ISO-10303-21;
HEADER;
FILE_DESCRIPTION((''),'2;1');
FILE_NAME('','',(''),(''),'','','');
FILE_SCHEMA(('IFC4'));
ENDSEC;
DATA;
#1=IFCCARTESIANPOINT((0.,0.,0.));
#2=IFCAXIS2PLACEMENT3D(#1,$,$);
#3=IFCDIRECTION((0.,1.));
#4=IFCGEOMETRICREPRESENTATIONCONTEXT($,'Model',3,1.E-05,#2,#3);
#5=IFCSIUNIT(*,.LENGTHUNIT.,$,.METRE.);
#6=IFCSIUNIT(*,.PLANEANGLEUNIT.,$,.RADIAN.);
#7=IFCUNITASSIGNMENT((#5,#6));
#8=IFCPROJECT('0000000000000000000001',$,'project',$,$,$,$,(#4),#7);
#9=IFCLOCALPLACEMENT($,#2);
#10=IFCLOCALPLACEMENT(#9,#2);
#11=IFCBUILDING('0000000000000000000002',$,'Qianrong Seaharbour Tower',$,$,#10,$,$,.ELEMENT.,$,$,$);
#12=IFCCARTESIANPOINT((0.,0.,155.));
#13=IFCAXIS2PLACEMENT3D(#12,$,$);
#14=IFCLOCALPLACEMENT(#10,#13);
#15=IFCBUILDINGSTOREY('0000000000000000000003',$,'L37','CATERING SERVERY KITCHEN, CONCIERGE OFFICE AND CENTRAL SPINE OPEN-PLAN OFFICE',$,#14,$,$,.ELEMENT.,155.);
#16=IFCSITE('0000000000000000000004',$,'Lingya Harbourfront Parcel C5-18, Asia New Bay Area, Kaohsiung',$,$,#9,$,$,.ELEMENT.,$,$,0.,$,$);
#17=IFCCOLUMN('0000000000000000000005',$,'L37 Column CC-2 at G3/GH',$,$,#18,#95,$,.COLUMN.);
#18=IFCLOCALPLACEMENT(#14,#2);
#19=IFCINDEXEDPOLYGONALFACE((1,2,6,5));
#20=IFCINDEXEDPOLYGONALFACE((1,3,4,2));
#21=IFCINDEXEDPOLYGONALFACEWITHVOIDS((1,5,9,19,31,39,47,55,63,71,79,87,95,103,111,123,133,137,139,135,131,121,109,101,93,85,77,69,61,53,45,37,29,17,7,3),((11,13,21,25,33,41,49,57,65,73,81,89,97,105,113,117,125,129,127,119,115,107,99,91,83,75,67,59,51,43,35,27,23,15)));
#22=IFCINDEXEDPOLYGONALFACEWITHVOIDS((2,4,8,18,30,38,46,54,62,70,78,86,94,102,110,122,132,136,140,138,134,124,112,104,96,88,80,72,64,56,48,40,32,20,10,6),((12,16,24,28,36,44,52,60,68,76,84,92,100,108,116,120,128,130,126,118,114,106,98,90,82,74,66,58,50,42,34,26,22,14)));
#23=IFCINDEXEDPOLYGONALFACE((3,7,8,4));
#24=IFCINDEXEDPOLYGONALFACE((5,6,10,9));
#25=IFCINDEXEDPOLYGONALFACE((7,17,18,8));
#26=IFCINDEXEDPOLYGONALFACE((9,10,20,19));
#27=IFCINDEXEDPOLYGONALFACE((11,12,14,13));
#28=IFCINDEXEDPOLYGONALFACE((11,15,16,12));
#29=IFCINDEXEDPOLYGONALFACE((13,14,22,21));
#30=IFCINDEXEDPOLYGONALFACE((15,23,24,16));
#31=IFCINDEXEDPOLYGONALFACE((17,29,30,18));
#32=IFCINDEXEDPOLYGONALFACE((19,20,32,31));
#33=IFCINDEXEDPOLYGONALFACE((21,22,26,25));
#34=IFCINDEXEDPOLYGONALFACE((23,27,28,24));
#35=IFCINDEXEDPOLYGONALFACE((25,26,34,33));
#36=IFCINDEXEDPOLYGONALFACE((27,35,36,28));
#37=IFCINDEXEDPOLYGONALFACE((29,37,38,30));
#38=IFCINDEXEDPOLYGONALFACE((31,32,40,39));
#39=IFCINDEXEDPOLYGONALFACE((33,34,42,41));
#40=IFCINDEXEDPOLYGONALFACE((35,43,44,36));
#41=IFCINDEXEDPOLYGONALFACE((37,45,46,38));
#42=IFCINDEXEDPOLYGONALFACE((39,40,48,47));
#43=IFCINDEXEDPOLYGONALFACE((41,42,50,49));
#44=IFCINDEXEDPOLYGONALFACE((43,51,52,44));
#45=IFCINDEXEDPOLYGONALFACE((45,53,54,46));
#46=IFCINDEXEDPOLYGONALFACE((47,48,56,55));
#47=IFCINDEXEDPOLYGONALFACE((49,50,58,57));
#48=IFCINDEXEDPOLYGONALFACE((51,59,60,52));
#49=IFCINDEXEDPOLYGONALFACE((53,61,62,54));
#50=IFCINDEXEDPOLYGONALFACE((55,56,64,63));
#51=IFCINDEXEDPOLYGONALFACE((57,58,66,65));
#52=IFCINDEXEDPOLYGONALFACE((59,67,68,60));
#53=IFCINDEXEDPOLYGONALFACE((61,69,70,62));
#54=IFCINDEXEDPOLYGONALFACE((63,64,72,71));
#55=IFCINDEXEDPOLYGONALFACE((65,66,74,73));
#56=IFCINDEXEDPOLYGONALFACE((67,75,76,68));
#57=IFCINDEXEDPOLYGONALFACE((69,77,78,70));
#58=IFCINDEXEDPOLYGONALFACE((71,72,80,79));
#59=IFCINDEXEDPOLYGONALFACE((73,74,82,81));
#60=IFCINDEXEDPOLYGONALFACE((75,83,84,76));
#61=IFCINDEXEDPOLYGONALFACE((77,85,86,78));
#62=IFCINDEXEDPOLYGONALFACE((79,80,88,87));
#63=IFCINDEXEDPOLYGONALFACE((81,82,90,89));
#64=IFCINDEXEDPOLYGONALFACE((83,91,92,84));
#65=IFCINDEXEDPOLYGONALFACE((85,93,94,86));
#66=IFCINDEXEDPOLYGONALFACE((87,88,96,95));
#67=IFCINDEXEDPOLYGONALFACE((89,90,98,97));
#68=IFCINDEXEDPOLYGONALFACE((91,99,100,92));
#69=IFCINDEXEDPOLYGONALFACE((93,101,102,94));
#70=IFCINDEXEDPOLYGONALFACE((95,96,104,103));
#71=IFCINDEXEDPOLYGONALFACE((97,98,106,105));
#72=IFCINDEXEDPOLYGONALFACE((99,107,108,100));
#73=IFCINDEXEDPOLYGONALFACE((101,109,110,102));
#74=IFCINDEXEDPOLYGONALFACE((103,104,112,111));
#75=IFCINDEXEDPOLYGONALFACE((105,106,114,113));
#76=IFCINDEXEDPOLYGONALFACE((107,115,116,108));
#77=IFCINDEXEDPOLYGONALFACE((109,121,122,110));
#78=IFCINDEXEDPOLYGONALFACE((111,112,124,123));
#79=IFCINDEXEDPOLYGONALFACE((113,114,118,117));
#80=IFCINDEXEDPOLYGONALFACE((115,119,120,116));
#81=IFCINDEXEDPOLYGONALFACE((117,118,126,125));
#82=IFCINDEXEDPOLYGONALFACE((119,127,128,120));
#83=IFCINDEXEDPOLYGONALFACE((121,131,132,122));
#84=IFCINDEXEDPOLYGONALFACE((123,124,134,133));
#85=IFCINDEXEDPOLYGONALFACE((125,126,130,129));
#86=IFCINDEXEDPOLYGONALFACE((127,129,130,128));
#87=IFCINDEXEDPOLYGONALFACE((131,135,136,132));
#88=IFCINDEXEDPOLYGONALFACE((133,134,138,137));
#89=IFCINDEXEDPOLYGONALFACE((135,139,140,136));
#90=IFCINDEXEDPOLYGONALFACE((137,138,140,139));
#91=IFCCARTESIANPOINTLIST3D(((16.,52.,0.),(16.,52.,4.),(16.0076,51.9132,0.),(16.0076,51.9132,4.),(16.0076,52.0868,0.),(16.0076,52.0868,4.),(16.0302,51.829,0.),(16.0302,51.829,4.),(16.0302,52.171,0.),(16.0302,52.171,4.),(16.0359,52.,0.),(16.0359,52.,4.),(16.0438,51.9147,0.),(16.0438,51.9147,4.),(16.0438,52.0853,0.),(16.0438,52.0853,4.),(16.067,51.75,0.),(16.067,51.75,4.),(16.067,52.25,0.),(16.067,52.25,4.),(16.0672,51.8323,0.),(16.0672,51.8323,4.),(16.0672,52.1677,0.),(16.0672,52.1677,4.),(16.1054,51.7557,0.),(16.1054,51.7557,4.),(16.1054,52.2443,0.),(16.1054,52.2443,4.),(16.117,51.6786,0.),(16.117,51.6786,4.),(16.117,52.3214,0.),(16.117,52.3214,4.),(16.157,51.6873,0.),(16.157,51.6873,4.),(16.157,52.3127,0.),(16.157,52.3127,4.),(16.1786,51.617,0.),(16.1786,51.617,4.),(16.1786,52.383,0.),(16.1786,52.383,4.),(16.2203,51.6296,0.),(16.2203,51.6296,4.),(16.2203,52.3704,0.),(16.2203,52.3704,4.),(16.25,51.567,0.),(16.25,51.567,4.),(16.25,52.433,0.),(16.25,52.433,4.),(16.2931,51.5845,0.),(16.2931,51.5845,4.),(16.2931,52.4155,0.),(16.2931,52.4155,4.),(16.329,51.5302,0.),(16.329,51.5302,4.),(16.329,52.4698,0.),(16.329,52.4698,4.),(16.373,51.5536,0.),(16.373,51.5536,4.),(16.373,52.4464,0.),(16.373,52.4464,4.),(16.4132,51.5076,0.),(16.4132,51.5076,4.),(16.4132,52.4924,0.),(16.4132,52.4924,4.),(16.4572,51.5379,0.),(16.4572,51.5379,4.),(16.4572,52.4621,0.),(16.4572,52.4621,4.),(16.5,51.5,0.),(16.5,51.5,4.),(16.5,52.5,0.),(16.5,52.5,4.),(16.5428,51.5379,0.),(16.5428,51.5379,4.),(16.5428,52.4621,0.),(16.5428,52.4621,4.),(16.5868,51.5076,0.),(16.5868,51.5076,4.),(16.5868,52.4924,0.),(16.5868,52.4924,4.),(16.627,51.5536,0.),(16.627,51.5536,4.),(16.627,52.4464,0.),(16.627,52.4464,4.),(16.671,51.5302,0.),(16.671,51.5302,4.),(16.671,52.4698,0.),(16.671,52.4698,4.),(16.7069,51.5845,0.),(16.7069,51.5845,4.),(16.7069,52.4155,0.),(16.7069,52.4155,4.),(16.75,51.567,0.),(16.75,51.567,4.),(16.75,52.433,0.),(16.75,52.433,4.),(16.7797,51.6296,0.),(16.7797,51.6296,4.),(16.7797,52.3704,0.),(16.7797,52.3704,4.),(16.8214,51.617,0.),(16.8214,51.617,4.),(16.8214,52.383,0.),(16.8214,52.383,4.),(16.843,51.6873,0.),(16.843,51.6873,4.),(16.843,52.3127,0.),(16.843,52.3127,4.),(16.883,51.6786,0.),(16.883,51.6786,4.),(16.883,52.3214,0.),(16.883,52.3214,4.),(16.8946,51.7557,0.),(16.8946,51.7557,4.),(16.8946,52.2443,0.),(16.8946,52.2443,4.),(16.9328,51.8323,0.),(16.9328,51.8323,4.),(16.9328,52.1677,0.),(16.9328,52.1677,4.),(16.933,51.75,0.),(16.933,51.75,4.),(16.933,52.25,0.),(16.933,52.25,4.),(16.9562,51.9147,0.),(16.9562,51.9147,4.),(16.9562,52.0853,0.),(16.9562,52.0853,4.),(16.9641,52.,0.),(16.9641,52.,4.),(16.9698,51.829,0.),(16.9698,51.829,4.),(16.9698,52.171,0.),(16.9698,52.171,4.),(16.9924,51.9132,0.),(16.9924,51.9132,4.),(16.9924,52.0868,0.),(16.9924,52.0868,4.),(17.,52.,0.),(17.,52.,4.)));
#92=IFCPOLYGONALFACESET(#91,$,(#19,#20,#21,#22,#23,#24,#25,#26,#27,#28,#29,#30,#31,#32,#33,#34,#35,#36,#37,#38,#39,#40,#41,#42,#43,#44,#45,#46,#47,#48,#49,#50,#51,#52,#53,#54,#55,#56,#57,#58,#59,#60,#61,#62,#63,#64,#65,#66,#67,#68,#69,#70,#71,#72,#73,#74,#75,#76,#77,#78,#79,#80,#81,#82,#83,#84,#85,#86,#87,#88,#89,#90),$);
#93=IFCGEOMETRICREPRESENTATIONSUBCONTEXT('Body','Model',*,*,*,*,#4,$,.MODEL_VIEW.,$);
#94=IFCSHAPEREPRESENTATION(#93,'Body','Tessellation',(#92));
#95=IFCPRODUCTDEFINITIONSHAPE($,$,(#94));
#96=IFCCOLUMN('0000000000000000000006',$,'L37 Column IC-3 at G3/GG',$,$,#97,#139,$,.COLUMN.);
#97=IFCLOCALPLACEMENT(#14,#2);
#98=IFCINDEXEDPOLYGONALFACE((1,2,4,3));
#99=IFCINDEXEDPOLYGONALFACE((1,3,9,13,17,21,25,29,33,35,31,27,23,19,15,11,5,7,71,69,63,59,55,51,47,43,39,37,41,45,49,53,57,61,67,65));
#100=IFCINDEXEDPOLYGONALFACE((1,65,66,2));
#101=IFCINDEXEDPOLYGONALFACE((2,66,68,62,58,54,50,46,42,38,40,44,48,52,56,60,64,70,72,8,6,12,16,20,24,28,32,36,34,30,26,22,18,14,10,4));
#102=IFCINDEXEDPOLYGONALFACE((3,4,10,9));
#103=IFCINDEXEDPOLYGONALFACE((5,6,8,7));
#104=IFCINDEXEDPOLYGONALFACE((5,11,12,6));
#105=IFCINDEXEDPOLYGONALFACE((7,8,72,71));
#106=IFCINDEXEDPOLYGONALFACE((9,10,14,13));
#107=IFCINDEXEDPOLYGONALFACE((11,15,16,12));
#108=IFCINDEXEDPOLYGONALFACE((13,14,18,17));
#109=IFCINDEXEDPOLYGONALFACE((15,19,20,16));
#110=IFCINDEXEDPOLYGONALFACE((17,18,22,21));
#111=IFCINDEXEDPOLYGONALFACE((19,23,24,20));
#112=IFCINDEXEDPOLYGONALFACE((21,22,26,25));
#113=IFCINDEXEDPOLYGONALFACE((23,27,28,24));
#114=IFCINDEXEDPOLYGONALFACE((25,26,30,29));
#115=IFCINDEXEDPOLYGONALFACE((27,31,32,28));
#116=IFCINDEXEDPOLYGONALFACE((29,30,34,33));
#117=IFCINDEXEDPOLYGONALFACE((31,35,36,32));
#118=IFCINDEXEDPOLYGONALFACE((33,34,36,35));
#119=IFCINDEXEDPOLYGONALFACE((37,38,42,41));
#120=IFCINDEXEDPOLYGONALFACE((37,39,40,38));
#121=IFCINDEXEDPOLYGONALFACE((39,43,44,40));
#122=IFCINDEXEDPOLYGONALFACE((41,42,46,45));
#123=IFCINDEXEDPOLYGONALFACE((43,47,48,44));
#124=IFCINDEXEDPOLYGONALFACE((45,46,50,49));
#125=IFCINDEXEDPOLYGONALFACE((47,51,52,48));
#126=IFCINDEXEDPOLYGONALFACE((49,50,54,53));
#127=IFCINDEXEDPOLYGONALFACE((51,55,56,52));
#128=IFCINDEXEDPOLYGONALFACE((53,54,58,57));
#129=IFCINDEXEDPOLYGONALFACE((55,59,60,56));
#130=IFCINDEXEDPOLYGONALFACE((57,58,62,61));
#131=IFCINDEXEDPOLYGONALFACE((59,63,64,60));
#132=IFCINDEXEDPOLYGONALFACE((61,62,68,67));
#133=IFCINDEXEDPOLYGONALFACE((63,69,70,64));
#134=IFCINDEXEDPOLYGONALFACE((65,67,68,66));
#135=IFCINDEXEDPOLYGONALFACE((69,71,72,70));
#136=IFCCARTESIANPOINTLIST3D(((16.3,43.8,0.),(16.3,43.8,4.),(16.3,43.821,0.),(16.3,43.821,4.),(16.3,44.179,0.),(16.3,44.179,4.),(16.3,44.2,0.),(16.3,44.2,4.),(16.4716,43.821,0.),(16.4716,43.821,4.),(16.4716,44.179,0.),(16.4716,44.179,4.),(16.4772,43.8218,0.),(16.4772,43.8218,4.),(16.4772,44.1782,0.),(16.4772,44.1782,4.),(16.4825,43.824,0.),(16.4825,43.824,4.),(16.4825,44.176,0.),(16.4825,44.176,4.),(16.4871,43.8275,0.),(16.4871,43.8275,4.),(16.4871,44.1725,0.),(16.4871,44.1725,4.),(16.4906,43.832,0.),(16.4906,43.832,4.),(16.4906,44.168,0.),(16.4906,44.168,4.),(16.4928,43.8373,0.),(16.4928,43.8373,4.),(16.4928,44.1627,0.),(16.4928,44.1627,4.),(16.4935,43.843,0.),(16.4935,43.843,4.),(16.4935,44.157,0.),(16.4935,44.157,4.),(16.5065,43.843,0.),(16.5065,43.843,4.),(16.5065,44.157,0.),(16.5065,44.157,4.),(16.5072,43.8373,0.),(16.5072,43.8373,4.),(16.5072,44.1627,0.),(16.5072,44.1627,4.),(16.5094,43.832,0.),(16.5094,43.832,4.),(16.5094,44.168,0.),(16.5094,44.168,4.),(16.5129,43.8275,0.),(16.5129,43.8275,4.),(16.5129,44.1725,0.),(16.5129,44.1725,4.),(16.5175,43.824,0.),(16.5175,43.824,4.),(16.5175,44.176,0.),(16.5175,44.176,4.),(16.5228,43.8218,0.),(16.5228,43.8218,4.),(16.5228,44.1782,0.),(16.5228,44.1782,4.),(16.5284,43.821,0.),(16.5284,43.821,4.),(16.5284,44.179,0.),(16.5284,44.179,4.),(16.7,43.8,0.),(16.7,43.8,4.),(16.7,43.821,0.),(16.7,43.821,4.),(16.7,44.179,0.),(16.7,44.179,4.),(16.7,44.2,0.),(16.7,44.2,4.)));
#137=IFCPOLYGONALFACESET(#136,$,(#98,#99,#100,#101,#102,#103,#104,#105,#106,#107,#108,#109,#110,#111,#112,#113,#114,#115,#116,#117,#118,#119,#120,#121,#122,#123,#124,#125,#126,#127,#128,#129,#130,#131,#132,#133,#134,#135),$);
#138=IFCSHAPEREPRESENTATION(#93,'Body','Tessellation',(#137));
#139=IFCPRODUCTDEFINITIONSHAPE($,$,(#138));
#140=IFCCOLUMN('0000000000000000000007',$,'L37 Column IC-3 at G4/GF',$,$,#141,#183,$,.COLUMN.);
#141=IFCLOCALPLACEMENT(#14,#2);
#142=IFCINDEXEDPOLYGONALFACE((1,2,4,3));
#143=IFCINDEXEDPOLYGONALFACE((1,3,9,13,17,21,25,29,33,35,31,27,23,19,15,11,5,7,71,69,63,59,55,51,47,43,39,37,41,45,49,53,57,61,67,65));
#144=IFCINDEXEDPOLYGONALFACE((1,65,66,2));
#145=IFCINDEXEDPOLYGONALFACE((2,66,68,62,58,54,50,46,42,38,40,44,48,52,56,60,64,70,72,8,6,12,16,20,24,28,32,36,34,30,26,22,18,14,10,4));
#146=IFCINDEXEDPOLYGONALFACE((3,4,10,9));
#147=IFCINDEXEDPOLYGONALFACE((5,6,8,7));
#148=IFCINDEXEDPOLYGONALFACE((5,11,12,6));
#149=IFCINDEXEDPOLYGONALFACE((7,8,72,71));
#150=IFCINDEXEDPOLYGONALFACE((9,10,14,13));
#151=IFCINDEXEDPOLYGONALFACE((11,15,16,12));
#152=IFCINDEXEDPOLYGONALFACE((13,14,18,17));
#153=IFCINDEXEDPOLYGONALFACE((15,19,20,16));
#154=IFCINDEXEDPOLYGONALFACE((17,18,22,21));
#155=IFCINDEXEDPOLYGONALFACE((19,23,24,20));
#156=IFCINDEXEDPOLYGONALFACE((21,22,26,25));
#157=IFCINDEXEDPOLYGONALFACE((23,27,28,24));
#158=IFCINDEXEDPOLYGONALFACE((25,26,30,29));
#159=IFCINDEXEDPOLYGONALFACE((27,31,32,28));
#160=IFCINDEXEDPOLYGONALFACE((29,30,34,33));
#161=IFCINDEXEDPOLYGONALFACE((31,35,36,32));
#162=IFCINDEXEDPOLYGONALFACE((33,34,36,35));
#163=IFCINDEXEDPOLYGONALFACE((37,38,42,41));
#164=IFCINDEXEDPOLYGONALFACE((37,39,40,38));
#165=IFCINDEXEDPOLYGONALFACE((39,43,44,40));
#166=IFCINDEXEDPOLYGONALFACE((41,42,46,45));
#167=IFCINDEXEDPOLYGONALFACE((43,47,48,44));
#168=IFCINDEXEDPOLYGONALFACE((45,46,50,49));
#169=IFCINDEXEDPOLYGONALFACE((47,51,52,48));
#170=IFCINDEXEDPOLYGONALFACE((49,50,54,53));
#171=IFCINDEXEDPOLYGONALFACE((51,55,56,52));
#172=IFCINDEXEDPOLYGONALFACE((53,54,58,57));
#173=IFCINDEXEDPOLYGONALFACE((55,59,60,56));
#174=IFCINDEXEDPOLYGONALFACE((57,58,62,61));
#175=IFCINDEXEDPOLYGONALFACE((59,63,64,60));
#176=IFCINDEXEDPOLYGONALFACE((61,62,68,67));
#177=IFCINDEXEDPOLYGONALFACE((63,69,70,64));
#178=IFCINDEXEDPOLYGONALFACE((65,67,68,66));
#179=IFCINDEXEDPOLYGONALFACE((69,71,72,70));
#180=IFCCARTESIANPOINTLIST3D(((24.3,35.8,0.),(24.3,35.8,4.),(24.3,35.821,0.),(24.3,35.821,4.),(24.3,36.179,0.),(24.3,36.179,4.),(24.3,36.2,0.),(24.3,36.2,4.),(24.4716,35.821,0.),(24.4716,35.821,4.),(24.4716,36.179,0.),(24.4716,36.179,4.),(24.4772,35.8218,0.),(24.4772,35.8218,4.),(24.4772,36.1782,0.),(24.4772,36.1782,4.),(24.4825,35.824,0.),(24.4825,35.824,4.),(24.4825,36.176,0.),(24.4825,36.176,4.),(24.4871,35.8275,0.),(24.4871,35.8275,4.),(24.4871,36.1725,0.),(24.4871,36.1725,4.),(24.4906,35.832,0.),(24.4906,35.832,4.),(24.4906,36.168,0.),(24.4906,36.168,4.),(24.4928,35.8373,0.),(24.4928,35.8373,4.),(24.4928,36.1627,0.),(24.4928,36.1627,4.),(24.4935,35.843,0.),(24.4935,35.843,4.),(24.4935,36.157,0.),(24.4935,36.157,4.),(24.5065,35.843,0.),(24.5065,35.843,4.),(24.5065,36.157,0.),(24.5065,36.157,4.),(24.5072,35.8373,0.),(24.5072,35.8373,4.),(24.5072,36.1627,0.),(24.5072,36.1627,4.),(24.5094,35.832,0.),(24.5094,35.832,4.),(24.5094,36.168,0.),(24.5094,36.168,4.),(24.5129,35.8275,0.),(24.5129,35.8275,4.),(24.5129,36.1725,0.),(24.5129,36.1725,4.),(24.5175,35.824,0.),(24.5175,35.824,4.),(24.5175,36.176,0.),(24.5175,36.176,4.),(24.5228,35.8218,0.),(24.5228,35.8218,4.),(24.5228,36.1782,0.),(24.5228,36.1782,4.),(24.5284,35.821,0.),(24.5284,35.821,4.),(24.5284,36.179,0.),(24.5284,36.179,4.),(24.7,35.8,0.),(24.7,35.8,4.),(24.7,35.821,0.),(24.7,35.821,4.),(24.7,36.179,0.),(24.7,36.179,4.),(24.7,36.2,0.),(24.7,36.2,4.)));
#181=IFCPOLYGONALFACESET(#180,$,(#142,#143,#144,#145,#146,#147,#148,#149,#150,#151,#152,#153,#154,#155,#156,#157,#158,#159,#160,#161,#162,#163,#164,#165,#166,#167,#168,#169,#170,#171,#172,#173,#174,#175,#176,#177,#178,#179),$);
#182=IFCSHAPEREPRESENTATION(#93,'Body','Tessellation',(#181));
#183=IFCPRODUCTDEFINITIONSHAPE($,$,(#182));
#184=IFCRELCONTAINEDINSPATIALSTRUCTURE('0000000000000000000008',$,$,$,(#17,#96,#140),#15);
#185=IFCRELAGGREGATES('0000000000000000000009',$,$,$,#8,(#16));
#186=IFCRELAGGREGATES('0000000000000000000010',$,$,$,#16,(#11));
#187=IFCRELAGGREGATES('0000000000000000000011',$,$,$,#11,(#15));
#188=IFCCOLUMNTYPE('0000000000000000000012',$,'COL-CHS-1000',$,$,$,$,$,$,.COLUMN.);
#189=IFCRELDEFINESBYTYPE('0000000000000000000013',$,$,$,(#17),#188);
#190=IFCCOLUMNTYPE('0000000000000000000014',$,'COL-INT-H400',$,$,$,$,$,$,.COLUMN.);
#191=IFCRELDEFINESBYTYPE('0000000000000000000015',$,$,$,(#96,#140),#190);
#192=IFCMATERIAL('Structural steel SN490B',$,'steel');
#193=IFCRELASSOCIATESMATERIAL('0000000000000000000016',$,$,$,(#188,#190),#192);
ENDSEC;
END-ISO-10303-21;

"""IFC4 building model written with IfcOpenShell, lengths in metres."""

from ifc_helpers import new_model, si_unit, direction, frame, origin, origin_2d, place, context, subcontext, project, spatial, hollow_circle, i_section, extrude, material, material_profile, profile_set, type_object, element, save


model = new_model("IFC4")

# Units and contexts
model_context = context("Model", 3, precision=1e-05, world=origin(), true_north=direction((0.0, 1.0)))
body_context = subcontext(model_context, "Body", "Model", "MODEL_VIEW")
ifc_project = project(units=[si_unit("LENGTHUNIT", "METRE"), si_unit("PLANEANGLEUNIT", "RADIAN")], contexts=[model_context])

# Site, building, storey
site_placement = place(None, origin())
site = spatial("IfcSite", under=ifc_project, at=site_placement, Name="Lingya Harbourfront Parcel C5-18, Asia New Bay Area, Kaohsiung", CompositionType="ELEMENT", RefElevation=0.0)
building_placement = place(site_placement, origin())
building = spatial("IfcBuilding", under=site, at=building_placement, Name="Qianrong Seaharbour Tower", CompositionType="ELEMENT")
storey_placement = place(building_placement, frame((0.0, 0.0, 155.0)))
storey = spatial("IfcBuildingStorey", under=building, at=storey_placement, Name="L37", Description="CATERING SERVERY KITCHEN, CONCIERGE OFFICE AND CENTRAL SPINE OPEN-PLAN OFFICE", CompositionType="ELEMENT", Elevation=155.0)

# Columns
ifc_material_1 = material(Name="Structural steel SN490B", Category="steel")
ifc_material_profile_1 = material_profile(ifc_material_1, hollow_circle(Radius=0.5, WallThickness=0.0359, at=origin_2d()), Name="CHS1000x36")
ifc_profile_set_1 = profile_set([ifc_material_profile_1], Name="Structural steel SN490B")
column_type_1 = type_object("IfcColumnType", Name="COL-CHS-1000", PredefinedType="COLUMN", material=ifc_profile_set_1)
column_placement = place(storey_placement, frame((16.5, 52.0, 0.0), z_axis=(0.0, 0.0, 1.0), x_axis=(1.0, 0.0, 0.0)))
element("IfcColumn", 1, at=column_placement, inside=storey, type_object=column_type_1, Name="L37 Column CC-2 at G3/GH", PredefinedType="COLUMN", context=body_context, shape_type="SweptSolid", body=[
    extrude(hollow_circle(Radius=0.5, WallThickness=0.0359, at=origin_2d()), origin(), (0.0, 0.0, 1.0), 4.0),
])
ifc_material_profile_2 = material_profile(ifc_material_1, i_section(OverallWidth=0.3999, OverallDepth=0.3999, WebThickness=0.0129, FlangeThickness=0.021, FilletRadius=0.022, at=origin_2d()), Name="H400x400x13x21")
ifc_profile_set_2 = profile_set([ifc_material_profile_2], Name="Structural steel SN490B")
column_type_2 = type_object("IfcColumnType", Name="COL-INT-H400", PredefinedType="COLUMN", material=ifc_profile_set_2)
for number, where, z_axis, x_axis, name in (
    (2, (16.5, 44.0, 0.0), (0.0, 0.0, 1.0), (1.0, 0.0, 0.0), "L37 Column IC-3 at G3/GG"),
    (3, (24.5, 36.0, 0.0), (0.0, 0.0, 1.0), (1.0, 0.0, 0.0), "L37 Column IC-3 at G4/GF"),
):
    element("IfcColumn", number, at=place(storey_placement, frame(where, z_axis=z_axis, x_axis=x_axis)), inside=storey, type_object=column_type_2, Name=name, PredefinedType="COLUMN", context=body_context, shape_type="SweptSolid", body=[
        extrude(i_section(OverallWidth=0.3999, OverallDepth=0.3999, WebThickness=0.0129, FlangeThickness=0.021, FilletRadius=0.022, at=origin_2d()), origin(), (0.0, 0.0, 1.0), 4.0),
    ])

save(model, "model.ifc")
